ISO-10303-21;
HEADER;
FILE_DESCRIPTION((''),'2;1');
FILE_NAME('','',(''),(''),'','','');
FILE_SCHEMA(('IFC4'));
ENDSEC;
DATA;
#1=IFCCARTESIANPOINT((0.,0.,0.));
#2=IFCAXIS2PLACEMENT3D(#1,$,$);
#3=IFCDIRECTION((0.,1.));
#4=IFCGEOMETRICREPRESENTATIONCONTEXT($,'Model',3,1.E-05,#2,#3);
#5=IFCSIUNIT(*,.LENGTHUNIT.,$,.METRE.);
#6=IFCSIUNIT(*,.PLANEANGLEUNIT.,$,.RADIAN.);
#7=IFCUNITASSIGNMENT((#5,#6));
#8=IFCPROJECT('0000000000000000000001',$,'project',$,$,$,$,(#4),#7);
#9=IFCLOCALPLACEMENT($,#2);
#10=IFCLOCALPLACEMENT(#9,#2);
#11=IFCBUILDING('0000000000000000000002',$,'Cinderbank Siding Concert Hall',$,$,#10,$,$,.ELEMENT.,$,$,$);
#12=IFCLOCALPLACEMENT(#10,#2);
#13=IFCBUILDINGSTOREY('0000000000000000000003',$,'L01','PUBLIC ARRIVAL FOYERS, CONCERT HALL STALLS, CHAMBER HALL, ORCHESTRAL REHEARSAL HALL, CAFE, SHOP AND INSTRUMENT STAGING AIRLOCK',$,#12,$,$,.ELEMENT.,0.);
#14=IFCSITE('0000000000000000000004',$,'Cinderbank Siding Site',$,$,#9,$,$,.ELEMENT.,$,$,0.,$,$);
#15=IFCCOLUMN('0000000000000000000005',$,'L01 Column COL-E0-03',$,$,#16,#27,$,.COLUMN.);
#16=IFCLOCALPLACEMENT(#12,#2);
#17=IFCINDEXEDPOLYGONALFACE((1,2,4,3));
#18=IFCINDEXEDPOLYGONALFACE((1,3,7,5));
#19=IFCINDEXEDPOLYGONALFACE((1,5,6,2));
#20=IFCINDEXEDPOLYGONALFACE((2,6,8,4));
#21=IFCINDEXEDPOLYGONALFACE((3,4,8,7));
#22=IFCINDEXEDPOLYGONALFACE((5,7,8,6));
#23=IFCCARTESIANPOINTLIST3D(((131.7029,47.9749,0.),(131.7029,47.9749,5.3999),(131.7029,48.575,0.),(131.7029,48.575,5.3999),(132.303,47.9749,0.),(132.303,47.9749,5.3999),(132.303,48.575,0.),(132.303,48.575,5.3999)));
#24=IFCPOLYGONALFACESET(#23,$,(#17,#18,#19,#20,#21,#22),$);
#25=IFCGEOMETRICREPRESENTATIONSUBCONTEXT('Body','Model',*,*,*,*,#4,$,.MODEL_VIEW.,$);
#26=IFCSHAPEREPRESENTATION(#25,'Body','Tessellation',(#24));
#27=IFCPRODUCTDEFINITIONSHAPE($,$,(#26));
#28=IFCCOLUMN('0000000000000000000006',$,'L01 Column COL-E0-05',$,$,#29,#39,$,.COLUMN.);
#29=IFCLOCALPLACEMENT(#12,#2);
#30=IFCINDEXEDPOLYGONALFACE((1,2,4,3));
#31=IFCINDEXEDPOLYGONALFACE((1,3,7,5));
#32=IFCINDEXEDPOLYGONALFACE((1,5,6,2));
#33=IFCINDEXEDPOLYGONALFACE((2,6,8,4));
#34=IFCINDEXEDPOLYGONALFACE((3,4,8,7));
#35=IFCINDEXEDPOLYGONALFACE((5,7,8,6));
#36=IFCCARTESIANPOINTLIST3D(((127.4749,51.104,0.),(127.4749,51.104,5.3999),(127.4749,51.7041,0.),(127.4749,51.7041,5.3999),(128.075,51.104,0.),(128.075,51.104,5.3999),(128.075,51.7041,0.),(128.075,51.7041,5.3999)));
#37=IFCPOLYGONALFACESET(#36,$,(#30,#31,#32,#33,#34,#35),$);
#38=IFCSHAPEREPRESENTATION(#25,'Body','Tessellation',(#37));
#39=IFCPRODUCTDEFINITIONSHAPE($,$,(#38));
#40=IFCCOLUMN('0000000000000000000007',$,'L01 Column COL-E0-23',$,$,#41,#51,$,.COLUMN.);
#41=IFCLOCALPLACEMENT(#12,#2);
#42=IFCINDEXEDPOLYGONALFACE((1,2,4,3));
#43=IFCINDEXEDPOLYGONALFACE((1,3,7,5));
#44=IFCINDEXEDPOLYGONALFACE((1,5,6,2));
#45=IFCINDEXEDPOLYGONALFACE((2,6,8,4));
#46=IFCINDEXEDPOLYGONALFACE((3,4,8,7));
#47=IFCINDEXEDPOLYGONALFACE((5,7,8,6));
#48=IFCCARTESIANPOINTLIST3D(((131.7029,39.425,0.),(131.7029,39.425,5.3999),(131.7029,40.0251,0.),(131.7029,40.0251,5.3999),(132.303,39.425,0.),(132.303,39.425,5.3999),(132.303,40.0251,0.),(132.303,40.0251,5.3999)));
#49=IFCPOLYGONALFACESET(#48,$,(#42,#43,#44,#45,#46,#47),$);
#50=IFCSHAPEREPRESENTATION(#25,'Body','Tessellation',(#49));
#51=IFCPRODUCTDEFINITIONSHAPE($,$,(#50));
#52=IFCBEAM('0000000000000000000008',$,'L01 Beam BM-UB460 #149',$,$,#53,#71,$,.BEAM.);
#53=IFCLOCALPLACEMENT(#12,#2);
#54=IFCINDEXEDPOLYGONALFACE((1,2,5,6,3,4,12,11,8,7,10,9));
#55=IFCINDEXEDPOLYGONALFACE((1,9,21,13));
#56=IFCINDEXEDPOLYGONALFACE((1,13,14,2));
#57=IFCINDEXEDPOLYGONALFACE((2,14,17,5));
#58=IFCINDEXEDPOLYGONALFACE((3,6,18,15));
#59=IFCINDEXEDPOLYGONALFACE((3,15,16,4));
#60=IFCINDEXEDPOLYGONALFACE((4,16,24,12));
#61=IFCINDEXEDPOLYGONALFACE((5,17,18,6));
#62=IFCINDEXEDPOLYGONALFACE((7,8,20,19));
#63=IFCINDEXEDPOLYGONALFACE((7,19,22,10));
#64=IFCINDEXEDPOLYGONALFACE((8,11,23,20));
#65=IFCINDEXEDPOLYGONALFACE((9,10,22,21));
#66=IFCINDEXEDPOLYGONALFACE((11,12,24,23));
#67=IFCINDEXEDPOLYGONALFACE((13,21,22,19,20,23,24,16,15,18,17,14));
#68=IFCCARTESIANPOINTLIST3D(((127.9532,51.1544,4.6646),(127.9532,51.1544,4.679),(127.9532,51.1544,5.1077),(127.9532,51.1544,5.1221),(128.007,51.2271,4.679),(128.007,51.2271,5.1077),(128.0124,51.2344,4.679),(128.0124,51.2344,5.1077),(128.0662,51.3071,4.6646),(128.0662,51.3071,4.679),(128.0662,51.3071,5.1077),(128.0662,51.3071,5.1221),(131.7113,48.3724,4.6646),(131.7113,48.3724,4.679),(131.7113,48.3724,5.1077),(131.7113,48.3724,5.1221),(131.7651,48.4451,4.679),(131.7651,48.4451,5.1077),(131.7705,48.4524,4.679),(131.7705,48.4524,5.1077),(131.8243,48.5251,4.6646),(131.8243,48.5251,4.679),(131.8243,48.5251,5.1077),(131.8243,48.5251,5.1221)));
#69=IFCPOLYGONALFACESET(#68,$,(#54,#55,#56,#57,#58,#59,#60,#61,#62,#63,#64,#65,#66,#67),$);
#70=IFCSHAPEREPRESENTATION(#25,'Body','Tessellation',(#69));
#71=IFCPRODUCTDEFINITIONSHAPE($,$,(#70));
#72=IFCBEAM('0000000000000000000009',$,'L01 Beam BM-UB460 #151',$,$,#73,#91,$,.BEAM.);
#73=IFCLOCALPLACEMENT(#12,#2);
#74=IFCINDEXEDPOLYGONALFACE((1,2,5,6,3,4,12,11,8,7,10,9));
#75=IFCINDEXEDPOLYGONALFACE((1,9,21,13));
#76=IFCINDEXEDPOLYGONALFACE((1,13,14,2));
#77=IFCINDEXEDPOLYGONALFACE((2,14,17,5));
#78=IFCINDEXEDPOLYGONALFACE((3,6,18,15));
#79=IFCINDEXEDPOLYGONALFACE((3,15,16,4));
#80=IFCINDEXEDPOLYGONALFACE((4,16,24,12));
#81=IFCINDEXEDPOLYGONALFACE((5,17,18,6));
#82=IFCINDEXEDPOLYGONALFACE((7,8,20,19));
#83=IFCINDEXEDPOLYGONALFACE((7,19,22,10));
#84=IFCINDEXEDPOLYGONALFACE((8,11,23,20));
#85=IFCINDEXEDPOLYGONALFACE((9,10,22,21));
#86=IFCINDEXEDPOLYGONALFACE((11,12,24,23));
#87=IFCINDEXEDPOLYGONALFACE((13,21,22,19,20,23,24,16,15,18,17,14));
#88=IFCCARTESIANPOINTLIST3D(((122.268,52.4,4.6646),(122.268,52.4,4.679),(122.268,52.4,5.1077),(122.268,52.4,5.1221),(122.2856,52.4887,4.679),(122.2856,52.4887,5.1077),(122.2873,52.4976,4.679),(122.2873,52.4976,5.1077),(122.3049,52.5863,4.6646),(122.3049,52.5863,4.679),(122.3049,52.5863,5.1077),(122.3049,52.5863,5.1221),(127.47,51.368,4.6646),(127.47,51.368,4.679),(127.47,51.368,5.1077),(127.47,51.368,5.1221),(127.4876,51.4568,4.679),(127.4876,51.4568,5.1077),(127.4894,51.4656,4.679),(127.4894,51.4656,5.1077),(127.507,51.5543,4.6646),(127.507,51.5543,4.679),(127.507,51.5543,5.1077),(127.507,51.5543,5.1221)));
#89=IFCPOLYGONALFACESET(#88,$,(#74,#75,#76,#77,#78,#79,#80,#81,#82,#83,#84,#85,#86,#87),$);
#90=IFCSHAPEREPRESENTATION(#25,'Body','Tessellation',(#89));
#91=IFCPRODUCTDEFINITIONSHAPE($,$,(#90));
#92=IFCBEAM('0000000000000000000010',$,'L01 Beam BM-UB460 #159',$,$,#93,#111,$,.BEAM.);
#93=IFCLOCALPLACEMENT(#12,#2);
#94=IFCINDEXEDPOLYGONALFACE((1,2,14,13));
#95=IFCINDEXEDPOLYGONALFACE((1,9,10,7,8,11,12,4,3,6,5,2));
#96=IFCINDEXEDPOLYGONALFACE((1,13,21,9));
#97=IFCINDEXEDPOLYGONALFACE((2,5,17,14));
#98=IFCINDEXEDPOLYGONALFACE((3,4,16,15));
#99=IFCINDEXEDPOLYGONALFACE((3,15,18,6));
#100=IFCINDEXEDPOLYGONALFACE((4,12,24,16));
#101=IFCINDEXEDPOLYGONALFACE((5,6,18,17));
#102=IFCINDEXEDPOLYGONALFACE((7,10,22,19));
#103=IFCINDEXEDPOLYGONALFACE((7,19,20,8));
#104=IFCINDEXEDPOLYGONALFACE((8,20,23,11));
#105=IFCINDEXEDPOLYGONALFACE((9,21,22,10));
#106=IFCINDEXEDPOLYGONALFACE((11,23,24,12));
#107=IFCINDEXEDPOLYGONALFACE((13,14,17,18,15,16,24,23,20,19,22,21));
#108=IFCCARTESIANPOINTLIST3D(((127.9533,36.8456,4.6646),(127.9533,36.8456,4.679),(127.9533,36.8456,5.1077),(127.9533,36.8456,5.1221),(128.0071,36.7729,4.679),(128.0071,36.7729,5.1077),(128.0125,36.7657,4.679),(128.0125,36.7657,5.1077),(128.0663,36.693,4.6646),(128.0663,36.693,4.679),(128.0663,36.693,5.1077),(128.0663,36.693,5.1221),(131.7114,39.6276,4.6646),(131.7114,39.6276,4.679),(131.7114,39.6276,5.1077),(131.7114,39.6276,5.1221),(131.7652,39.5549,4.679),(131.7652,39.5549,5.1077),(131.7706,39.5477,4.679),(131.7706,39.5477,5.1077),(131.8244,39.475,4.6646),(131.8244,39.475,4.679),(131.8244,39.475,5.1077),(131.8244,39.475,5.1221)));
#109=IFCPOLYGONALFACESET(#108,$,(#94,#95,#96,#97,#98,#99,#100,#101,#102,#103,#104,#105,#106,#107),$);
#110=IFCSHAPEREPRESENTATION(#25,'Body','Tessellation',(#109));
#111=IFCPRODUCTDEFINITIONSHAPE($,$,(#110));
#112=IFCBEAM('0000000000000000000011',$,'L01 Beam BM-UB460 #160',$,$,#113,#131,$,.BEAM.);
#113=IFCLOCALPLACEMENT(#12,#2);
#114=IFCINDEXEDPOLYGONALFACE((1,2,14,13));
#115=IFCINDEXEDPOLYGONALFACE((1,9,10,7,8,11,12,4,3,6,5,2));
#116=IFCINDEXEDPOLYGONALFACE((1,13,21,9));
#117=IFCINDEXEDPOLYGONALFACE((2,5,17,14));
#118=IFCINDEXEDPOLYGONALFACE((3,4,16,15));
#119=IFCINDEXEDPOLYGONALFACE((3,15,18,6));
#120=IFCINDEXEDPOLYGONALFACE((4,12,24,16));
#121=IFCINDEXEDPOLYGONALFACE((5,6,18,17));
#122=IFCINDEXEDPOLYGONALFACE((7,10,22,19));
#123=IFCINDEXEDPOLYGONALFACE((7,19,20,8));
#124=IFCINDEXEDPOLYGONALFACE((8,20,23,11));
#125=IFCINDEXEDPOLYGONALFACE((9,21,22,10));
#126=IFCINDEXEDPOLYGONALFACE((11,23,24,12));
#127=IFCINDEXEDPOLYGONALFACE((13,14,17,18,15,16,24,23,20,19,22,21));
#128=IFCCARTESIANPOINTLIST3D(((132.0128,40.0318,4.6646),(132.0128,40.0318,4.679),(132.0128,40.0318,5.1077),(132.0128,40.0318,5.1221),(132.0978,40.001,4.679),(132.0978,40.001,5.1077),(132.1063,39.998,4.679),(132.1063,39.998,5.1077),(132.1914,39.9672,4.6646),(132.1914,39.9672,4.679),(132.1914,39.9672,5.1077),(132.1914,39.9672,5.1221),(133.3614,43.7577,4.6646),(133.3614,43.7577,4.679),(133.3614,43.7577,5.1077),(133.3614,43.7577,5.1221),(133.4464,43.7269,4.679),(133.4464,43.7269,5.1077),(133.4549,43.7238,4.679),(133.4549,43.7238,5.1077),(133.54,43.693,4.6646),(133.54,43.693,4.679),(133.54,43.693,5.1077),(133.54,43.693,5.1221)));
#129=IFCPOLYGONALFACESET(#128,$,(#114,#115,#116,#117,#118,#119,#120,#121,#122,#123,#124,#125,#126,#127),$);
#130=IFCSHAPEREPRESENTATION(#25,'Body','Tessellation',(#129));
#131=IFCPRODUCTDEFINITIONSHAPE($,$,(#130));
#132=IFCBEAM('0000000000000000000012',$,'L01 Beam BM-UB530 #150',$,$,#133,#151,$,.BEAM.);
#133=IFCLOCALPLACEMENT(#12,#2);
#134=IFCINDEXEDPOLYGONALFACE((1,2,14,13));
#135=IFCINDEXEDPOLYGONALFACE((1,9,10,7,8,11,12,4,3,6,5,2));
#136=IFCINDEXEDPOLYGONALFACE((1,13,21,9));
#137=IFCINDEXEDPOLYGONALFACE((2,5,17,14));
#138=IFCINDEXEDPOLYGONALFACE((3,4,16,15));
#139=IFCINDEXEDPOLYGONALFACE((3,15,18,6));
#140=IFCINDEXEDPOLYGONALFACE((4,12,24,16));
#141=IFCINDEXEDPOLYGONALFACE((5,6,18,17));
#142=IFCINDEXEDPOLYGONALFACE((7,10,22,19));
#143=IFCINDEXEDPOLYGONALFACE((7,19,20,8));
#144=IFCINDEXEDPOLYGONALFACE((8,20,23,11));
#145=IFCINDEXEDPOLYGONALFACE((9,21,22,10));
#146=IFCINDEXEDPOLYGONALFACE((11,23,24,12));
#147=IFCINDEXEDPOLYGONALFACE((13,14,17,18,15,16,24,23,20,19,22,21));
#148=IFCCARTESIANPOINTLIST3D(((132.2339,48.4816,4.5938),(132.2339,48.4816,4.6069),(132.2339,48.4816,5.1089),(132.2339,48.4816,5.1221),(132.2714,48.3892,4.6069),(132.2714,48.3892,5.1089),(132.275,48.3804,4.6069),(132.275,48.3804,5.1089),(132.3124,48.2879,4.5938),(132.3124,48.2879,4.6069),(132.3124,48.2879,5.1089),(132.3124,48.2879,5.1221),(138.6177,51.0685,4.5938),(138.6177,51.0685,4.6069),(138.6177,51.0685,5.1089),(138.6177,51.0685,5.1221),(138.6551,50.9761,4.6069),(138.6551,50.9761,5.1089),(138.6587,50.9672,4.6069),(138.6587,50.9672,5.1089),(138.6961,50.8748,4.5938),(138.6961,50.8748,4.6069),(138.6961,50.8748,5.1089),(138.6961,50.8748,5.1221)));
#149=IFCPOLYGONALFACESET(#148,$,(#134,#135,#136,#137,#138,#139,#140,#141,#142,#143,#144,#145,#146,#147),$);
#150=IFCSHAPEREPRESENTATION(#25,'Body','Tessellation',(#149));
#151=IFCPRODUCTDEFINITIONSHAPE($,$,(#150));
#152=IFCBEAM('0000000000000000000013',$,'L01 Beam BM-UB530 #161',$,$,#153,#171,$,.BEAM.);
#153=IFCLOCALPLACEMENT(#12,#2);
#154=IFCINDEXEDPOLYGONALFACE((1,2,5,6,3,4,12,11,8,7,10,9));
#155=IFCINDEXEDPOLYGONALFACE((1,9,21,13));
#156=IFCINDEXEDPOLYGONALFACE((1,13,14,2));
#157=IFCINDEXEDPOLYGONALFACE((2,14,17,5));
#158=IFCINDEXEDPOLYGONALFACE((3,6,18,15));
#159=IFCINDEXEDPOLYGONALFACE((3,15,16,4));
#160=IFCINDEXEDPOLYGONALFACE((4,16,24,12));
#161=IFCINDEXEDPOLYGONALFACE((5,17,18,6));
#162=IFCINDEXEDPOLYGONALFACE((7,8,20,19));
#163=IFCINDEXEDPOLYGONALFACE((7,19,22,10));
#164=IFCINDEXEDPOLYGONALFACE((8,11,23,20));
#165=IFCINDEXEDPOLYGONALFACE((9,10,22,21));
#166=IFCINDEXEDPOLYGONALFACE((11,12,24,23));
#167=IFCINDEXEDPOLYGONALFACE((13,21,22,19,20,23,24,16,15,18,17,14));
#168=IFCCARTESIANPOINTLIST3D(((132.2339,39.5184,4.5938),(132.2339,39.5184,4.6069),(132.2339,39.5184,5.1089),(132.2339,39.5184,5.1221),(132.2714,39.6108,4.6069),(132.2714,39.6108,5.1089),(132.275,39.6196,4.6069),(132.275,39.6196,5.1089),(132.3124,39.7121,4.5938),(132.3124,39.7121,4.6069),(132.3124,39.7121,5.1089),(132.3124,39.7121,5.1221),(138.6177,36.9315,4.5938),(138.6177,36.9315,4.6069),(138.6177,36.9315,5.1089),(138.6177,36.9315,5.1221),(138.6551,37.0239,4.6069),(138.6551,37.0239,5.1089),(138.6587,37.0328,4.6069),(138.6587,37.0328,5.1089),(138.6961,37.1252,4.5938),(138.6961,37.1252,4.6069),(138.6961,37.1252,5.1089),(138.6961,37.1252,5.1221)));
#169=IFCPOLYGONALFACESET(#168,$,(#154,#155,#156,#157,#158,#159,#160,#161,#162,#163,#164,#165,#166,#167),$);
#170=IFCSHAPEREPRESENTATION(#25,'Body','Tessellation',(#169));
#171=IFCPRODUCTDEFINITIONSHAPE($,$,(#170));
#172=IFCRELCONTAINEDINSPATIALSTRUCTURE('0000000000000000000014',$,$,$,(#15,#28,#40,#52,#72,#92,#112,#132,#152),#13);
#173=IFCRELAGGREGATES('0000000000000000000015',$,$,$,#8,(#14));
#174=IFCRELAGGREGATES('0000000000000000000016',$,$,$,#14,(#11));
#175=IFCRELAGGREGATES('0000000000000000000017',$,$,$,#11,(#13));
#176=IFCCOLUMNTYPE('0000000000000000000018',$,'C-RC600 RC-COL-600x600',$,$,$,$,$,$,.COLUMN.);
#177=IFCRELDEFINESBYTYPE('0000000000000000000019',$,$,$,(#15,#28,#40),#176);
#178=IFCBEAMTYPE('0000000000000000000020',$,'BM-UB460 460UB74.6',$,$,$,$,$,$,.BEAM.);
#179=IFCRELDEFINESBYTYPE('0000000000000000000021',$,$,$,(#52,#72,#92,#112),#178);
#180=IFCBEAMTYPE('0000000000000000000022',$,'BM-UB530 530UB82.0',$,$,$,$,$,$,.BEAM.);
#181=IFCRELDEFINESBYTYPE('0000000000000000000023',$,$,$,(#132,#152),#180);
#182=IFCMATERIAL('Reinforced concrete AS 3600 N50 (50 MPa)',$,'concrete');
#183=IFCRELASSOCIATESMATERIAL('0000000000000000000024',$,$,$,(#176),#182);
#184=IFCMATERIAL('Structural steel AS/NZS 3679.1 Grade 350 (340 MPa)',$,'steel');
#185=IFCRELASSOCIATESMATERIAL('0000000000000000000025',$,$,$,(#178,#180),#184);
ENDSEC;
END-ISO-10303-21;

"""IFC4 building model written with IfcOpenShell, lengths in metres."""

from ifc_helpers import new_model, si_unit, direction, frame, origin, origin_2d, place, context, subcontext, project, spatial, rectangle, i_section, extrude, material, material_profile, profile_set, type_object, element, save


model = new_model("IFC4")

# Units and contexts
model_context = context("Model", 3, precision=1e-05, world=origin(), true_north=direction((0.0, 1.0)))
body_context = subcontext(model_context, "Body", "Model", "MODEL_VIEW")
ifc_project = project(units=[si_unit("LENGTHUNIT", "METRE"), si_unit("PLANEANGLEUNIT", "RADIAN")], contexts=[model_context])

# Site, building, storey
site_placement = place(None, origin())
site = spatial("IfcSite", under=ifc_project, at=site_placement, Name="Cinderbank Siding Site", CompositionType="ELEMENT", RefElevation=0.0)
building_placement = place(site_placement, origin())
building = spatial("IfcBuilding", under=site, at=building_placement, Name="Cinderbank Siding Concert Hall", CompositionType="ELEMENT")
storey_placement = place(building_placement, origin())
storey = spatial("IfcBuildingStorey", under=building, at=storey_placement, Name="L01", Description="PUBLIC ARRIVAL FOYERS, CONCERT HALL STALLS, CHAMBER HALL, ORCHESTRAL REHEARSAL HALL, CAFE, SHOP AND INSTRUMENT STAGING AIRLOCK", CompositionType="ELEMENT", Elevation=0.0)

# Columns
ifc_material_1 = material(Name="Reinforced concrete AS 3600 N50 (50 MPa)", Category="concrete")
ifc_material_profile_1 = material_profile(ifc_material_1, rectangle(XDim=0.6001, YDim=0.6001, at=origin_2d()), Name="RC-COL-600x600", Category="LoadBearing")
ifc_profile_set_1 = profile_set([ifc_material_profile_1], Name="Reinforced concrete AS 3600 N50 (50 MPa)")
column_type = type_object("IfcColumnType", Name="C-RC600 RC-COL-600x600", PredefinedType="COLUMN", material=ifc_profile_set_1)
for number, where, z_axis, x_axis, name in (
    (1, (132.0029, 48.2749, 0.0), (0.0, 0.0, 1.0), (1.0, 0.0, 0.0), "L01 Column COL-E0-03"),
    (2, (127.7749, 51.4041, 0.0), (0.0, 0.0, 1.0), (1.0, 0.0, 0.0), "L01 Column COL-E0-05"),
    (3, (132.0029, 39.7251, 0.0), (0.0, 0.0, 1.0), (1.0, 0.0, 0.0), "L01 Column COL-E0-23"),
):
    element("IfcColumn", number, at=place(storey_placement, frame(where, z_axis=z_axis, x_axis=x_axis)), inside=storey, type_object=column_type, Name=name, PredefinedType="COLUMN", context=body_context, shape_type="SweptSolid", body=[
        extrude(rectangle(XDim=0.6001, YDim=0.6001, at=origin_2d()), origin(), (0.0, 0.0, 1.0), 5.3999),
    ])

# Beams
ifc_material_2 = material(Name="Structural steel AS/NZS 3679.1 Grade 350 (340 MPa)", Category="steel")
ifc_material_profile_2 = material_profile(ifc_material_2, i_section(OverallWidth=0.1899, OverallDepth=0.4575, WebThickness=0.009, FlangeThickness=0.0144, at=origin_2d()), Name="460UB74.6", Category="LoadBearing")
ifc_profile_set_2 = profile_set([ifc_material_profile_2], Name="Structural steel AS/NZS 3679.1 Grade 350 (340 MPa)")
beam_type_1 = type_object("IfcBeamType", Name="BM-UB460 460UB74.6", PredefinedType="BEAM", material=ifc_profile_set_2)
beam_1_placement = place(storey_placement, frame((131.7678, 48.4487, 4.8933), z_axis=(-0.803738, 0.594984, 0.0), x_axis=(-0.594984, -0.803738, 0.0)))
element("IfcBeam", 4, at=beam_1_placement, inside=storey, type_object=beam_type_1, Name="L01 Beam BM-UB460 #149", PredefinedType="BEAM", context=body_context, shape_type="SweptSolid", body=[
    extrude(i_section(OverallWidth=0.1899, OverallDepth=0.4575, WebThickness=0.009, FlangeThickness=0.0144, at=origin_2d()), origin(), (0.0, 0.0, 1.0), 4.6758),
])
beam_2_placement = place(storey_placement, frame((127.4885, 51.4612, 4.8933), z_axis=(-0.980886, 0.194584, 0.0), x_axis=(-0.194584, -0.980886, 0.0)))
element("IfcBeam", 5, at=beam_2_placement, inside=storey, type_object=beam_type_1, Name="L01 Beam BM-UB460 #151", PredefinedType="BEAM", context=body_context, shape_type="SweptSolid", body=[
    extrude(i_section(OverallWidth=0.1899, OverallDepth=0.4575, WebThickness=0.009, FlangeThickness=0.0144, at=origin_2d()), origin(), (0.0, 0.0, 1.0), 5.3035),
])
beam_3_placement = place(storey_placement, frame((128.0098, 36.7693, 4.8933), z_axis=(0.803738, 0.594984, 0.0), x_axis=(-0.594984, 0.803738, 0.0)))
element("IfcBeam", 6, at=beam_3_placement, inside=storey, type_object=beam_type_1, Name="L01 Beam BM-UB460 #159", PredefinedType="BEAM", context=body_context, shape_type="SweptSolid", body=[
    extrude(i_section(OverallWidth=0.1899, OverallDepth=0.4575, WebThickness=0.009, FlangeThickness=0.0144, at=origin_2d()), origin(), (0.0, 0.0, 1.0), 4.6758),
])
beam_4_placement = place(storey_placement, frame((132.1021, 39.9995, 4.8933), z_axis=(0.340357, 0.940296, 0.0), x_axis=(-0.940296, 0.340357, 0.0)))
element("IfcBeam", 7, at=beam_4_placement, inside=storey, type_object=beam_type_1, Name="L01 Beam BM-UB460 #160", PredefinedType="BEAM", context=body_context, shape_type="SweptSolid", body=[
    extrude(i_section(OverallWidth=0.1899, OverallDepth=0.4575, WebThickness=0.009, FlangeThickness=0.0144, at=origin_2d()), origin(), (0.0, 0.0, 1.0), 3.9624),
])
ifc_material_profile_3 = material_profile(ifc_material_2, i_section(OverallWidth=0.209, OverallDepth=0.5283, WebThickness=0.0095, FlangeThickness=0.0132, at=origin_2d()), Name="530UB82.0", Category="LoadBearing")
ifc_profile_set_3 = profile_set([ifc_material_profile_3], Name="Structural steel AS/NZS 3679.1 Grade 350 (340 MPa)")
beam_type_2 = type_object("IfcBeamType", Name="BM-UB530 530UB82.0", PredefinedType="BEAM", material=ifc_profile_set_3)
for number, where, z_axis, x_axis, name in (
    (8, (132.2732, 48.3848, 4.8579), (0.926795, 0.375567, 0.0), (-0.375567, 0.926795, 0.0), "L01 Beam BM-UB530 #150"),
    (9, (132.2732, 39.6152, 4.8579), (0.926795, -0.375567, 0.0), (0.375567, 0.926795, 0.0), "L01 Beam BM-UB530 #161"),
):
    element("IfcBeam", number, at=place(storey_placement, frame(where, z_axis=z_axis, x_axis=x_axis)), inside=storey, type_object=beam_type_2, Name=name, PredefinedType="BEAM", context=body_context, shape_type="SweptSolid", body=[
        extrude(i_section(OverallWidth=0.209, OverallDepth=0.5283, WebThickness=0.0095, FlangeThickness=0.0132, at=origin_2d()), origin(), (0.0, 0.0, 1.0), 6.8879),
    ])

save(model, "model.ifc")
